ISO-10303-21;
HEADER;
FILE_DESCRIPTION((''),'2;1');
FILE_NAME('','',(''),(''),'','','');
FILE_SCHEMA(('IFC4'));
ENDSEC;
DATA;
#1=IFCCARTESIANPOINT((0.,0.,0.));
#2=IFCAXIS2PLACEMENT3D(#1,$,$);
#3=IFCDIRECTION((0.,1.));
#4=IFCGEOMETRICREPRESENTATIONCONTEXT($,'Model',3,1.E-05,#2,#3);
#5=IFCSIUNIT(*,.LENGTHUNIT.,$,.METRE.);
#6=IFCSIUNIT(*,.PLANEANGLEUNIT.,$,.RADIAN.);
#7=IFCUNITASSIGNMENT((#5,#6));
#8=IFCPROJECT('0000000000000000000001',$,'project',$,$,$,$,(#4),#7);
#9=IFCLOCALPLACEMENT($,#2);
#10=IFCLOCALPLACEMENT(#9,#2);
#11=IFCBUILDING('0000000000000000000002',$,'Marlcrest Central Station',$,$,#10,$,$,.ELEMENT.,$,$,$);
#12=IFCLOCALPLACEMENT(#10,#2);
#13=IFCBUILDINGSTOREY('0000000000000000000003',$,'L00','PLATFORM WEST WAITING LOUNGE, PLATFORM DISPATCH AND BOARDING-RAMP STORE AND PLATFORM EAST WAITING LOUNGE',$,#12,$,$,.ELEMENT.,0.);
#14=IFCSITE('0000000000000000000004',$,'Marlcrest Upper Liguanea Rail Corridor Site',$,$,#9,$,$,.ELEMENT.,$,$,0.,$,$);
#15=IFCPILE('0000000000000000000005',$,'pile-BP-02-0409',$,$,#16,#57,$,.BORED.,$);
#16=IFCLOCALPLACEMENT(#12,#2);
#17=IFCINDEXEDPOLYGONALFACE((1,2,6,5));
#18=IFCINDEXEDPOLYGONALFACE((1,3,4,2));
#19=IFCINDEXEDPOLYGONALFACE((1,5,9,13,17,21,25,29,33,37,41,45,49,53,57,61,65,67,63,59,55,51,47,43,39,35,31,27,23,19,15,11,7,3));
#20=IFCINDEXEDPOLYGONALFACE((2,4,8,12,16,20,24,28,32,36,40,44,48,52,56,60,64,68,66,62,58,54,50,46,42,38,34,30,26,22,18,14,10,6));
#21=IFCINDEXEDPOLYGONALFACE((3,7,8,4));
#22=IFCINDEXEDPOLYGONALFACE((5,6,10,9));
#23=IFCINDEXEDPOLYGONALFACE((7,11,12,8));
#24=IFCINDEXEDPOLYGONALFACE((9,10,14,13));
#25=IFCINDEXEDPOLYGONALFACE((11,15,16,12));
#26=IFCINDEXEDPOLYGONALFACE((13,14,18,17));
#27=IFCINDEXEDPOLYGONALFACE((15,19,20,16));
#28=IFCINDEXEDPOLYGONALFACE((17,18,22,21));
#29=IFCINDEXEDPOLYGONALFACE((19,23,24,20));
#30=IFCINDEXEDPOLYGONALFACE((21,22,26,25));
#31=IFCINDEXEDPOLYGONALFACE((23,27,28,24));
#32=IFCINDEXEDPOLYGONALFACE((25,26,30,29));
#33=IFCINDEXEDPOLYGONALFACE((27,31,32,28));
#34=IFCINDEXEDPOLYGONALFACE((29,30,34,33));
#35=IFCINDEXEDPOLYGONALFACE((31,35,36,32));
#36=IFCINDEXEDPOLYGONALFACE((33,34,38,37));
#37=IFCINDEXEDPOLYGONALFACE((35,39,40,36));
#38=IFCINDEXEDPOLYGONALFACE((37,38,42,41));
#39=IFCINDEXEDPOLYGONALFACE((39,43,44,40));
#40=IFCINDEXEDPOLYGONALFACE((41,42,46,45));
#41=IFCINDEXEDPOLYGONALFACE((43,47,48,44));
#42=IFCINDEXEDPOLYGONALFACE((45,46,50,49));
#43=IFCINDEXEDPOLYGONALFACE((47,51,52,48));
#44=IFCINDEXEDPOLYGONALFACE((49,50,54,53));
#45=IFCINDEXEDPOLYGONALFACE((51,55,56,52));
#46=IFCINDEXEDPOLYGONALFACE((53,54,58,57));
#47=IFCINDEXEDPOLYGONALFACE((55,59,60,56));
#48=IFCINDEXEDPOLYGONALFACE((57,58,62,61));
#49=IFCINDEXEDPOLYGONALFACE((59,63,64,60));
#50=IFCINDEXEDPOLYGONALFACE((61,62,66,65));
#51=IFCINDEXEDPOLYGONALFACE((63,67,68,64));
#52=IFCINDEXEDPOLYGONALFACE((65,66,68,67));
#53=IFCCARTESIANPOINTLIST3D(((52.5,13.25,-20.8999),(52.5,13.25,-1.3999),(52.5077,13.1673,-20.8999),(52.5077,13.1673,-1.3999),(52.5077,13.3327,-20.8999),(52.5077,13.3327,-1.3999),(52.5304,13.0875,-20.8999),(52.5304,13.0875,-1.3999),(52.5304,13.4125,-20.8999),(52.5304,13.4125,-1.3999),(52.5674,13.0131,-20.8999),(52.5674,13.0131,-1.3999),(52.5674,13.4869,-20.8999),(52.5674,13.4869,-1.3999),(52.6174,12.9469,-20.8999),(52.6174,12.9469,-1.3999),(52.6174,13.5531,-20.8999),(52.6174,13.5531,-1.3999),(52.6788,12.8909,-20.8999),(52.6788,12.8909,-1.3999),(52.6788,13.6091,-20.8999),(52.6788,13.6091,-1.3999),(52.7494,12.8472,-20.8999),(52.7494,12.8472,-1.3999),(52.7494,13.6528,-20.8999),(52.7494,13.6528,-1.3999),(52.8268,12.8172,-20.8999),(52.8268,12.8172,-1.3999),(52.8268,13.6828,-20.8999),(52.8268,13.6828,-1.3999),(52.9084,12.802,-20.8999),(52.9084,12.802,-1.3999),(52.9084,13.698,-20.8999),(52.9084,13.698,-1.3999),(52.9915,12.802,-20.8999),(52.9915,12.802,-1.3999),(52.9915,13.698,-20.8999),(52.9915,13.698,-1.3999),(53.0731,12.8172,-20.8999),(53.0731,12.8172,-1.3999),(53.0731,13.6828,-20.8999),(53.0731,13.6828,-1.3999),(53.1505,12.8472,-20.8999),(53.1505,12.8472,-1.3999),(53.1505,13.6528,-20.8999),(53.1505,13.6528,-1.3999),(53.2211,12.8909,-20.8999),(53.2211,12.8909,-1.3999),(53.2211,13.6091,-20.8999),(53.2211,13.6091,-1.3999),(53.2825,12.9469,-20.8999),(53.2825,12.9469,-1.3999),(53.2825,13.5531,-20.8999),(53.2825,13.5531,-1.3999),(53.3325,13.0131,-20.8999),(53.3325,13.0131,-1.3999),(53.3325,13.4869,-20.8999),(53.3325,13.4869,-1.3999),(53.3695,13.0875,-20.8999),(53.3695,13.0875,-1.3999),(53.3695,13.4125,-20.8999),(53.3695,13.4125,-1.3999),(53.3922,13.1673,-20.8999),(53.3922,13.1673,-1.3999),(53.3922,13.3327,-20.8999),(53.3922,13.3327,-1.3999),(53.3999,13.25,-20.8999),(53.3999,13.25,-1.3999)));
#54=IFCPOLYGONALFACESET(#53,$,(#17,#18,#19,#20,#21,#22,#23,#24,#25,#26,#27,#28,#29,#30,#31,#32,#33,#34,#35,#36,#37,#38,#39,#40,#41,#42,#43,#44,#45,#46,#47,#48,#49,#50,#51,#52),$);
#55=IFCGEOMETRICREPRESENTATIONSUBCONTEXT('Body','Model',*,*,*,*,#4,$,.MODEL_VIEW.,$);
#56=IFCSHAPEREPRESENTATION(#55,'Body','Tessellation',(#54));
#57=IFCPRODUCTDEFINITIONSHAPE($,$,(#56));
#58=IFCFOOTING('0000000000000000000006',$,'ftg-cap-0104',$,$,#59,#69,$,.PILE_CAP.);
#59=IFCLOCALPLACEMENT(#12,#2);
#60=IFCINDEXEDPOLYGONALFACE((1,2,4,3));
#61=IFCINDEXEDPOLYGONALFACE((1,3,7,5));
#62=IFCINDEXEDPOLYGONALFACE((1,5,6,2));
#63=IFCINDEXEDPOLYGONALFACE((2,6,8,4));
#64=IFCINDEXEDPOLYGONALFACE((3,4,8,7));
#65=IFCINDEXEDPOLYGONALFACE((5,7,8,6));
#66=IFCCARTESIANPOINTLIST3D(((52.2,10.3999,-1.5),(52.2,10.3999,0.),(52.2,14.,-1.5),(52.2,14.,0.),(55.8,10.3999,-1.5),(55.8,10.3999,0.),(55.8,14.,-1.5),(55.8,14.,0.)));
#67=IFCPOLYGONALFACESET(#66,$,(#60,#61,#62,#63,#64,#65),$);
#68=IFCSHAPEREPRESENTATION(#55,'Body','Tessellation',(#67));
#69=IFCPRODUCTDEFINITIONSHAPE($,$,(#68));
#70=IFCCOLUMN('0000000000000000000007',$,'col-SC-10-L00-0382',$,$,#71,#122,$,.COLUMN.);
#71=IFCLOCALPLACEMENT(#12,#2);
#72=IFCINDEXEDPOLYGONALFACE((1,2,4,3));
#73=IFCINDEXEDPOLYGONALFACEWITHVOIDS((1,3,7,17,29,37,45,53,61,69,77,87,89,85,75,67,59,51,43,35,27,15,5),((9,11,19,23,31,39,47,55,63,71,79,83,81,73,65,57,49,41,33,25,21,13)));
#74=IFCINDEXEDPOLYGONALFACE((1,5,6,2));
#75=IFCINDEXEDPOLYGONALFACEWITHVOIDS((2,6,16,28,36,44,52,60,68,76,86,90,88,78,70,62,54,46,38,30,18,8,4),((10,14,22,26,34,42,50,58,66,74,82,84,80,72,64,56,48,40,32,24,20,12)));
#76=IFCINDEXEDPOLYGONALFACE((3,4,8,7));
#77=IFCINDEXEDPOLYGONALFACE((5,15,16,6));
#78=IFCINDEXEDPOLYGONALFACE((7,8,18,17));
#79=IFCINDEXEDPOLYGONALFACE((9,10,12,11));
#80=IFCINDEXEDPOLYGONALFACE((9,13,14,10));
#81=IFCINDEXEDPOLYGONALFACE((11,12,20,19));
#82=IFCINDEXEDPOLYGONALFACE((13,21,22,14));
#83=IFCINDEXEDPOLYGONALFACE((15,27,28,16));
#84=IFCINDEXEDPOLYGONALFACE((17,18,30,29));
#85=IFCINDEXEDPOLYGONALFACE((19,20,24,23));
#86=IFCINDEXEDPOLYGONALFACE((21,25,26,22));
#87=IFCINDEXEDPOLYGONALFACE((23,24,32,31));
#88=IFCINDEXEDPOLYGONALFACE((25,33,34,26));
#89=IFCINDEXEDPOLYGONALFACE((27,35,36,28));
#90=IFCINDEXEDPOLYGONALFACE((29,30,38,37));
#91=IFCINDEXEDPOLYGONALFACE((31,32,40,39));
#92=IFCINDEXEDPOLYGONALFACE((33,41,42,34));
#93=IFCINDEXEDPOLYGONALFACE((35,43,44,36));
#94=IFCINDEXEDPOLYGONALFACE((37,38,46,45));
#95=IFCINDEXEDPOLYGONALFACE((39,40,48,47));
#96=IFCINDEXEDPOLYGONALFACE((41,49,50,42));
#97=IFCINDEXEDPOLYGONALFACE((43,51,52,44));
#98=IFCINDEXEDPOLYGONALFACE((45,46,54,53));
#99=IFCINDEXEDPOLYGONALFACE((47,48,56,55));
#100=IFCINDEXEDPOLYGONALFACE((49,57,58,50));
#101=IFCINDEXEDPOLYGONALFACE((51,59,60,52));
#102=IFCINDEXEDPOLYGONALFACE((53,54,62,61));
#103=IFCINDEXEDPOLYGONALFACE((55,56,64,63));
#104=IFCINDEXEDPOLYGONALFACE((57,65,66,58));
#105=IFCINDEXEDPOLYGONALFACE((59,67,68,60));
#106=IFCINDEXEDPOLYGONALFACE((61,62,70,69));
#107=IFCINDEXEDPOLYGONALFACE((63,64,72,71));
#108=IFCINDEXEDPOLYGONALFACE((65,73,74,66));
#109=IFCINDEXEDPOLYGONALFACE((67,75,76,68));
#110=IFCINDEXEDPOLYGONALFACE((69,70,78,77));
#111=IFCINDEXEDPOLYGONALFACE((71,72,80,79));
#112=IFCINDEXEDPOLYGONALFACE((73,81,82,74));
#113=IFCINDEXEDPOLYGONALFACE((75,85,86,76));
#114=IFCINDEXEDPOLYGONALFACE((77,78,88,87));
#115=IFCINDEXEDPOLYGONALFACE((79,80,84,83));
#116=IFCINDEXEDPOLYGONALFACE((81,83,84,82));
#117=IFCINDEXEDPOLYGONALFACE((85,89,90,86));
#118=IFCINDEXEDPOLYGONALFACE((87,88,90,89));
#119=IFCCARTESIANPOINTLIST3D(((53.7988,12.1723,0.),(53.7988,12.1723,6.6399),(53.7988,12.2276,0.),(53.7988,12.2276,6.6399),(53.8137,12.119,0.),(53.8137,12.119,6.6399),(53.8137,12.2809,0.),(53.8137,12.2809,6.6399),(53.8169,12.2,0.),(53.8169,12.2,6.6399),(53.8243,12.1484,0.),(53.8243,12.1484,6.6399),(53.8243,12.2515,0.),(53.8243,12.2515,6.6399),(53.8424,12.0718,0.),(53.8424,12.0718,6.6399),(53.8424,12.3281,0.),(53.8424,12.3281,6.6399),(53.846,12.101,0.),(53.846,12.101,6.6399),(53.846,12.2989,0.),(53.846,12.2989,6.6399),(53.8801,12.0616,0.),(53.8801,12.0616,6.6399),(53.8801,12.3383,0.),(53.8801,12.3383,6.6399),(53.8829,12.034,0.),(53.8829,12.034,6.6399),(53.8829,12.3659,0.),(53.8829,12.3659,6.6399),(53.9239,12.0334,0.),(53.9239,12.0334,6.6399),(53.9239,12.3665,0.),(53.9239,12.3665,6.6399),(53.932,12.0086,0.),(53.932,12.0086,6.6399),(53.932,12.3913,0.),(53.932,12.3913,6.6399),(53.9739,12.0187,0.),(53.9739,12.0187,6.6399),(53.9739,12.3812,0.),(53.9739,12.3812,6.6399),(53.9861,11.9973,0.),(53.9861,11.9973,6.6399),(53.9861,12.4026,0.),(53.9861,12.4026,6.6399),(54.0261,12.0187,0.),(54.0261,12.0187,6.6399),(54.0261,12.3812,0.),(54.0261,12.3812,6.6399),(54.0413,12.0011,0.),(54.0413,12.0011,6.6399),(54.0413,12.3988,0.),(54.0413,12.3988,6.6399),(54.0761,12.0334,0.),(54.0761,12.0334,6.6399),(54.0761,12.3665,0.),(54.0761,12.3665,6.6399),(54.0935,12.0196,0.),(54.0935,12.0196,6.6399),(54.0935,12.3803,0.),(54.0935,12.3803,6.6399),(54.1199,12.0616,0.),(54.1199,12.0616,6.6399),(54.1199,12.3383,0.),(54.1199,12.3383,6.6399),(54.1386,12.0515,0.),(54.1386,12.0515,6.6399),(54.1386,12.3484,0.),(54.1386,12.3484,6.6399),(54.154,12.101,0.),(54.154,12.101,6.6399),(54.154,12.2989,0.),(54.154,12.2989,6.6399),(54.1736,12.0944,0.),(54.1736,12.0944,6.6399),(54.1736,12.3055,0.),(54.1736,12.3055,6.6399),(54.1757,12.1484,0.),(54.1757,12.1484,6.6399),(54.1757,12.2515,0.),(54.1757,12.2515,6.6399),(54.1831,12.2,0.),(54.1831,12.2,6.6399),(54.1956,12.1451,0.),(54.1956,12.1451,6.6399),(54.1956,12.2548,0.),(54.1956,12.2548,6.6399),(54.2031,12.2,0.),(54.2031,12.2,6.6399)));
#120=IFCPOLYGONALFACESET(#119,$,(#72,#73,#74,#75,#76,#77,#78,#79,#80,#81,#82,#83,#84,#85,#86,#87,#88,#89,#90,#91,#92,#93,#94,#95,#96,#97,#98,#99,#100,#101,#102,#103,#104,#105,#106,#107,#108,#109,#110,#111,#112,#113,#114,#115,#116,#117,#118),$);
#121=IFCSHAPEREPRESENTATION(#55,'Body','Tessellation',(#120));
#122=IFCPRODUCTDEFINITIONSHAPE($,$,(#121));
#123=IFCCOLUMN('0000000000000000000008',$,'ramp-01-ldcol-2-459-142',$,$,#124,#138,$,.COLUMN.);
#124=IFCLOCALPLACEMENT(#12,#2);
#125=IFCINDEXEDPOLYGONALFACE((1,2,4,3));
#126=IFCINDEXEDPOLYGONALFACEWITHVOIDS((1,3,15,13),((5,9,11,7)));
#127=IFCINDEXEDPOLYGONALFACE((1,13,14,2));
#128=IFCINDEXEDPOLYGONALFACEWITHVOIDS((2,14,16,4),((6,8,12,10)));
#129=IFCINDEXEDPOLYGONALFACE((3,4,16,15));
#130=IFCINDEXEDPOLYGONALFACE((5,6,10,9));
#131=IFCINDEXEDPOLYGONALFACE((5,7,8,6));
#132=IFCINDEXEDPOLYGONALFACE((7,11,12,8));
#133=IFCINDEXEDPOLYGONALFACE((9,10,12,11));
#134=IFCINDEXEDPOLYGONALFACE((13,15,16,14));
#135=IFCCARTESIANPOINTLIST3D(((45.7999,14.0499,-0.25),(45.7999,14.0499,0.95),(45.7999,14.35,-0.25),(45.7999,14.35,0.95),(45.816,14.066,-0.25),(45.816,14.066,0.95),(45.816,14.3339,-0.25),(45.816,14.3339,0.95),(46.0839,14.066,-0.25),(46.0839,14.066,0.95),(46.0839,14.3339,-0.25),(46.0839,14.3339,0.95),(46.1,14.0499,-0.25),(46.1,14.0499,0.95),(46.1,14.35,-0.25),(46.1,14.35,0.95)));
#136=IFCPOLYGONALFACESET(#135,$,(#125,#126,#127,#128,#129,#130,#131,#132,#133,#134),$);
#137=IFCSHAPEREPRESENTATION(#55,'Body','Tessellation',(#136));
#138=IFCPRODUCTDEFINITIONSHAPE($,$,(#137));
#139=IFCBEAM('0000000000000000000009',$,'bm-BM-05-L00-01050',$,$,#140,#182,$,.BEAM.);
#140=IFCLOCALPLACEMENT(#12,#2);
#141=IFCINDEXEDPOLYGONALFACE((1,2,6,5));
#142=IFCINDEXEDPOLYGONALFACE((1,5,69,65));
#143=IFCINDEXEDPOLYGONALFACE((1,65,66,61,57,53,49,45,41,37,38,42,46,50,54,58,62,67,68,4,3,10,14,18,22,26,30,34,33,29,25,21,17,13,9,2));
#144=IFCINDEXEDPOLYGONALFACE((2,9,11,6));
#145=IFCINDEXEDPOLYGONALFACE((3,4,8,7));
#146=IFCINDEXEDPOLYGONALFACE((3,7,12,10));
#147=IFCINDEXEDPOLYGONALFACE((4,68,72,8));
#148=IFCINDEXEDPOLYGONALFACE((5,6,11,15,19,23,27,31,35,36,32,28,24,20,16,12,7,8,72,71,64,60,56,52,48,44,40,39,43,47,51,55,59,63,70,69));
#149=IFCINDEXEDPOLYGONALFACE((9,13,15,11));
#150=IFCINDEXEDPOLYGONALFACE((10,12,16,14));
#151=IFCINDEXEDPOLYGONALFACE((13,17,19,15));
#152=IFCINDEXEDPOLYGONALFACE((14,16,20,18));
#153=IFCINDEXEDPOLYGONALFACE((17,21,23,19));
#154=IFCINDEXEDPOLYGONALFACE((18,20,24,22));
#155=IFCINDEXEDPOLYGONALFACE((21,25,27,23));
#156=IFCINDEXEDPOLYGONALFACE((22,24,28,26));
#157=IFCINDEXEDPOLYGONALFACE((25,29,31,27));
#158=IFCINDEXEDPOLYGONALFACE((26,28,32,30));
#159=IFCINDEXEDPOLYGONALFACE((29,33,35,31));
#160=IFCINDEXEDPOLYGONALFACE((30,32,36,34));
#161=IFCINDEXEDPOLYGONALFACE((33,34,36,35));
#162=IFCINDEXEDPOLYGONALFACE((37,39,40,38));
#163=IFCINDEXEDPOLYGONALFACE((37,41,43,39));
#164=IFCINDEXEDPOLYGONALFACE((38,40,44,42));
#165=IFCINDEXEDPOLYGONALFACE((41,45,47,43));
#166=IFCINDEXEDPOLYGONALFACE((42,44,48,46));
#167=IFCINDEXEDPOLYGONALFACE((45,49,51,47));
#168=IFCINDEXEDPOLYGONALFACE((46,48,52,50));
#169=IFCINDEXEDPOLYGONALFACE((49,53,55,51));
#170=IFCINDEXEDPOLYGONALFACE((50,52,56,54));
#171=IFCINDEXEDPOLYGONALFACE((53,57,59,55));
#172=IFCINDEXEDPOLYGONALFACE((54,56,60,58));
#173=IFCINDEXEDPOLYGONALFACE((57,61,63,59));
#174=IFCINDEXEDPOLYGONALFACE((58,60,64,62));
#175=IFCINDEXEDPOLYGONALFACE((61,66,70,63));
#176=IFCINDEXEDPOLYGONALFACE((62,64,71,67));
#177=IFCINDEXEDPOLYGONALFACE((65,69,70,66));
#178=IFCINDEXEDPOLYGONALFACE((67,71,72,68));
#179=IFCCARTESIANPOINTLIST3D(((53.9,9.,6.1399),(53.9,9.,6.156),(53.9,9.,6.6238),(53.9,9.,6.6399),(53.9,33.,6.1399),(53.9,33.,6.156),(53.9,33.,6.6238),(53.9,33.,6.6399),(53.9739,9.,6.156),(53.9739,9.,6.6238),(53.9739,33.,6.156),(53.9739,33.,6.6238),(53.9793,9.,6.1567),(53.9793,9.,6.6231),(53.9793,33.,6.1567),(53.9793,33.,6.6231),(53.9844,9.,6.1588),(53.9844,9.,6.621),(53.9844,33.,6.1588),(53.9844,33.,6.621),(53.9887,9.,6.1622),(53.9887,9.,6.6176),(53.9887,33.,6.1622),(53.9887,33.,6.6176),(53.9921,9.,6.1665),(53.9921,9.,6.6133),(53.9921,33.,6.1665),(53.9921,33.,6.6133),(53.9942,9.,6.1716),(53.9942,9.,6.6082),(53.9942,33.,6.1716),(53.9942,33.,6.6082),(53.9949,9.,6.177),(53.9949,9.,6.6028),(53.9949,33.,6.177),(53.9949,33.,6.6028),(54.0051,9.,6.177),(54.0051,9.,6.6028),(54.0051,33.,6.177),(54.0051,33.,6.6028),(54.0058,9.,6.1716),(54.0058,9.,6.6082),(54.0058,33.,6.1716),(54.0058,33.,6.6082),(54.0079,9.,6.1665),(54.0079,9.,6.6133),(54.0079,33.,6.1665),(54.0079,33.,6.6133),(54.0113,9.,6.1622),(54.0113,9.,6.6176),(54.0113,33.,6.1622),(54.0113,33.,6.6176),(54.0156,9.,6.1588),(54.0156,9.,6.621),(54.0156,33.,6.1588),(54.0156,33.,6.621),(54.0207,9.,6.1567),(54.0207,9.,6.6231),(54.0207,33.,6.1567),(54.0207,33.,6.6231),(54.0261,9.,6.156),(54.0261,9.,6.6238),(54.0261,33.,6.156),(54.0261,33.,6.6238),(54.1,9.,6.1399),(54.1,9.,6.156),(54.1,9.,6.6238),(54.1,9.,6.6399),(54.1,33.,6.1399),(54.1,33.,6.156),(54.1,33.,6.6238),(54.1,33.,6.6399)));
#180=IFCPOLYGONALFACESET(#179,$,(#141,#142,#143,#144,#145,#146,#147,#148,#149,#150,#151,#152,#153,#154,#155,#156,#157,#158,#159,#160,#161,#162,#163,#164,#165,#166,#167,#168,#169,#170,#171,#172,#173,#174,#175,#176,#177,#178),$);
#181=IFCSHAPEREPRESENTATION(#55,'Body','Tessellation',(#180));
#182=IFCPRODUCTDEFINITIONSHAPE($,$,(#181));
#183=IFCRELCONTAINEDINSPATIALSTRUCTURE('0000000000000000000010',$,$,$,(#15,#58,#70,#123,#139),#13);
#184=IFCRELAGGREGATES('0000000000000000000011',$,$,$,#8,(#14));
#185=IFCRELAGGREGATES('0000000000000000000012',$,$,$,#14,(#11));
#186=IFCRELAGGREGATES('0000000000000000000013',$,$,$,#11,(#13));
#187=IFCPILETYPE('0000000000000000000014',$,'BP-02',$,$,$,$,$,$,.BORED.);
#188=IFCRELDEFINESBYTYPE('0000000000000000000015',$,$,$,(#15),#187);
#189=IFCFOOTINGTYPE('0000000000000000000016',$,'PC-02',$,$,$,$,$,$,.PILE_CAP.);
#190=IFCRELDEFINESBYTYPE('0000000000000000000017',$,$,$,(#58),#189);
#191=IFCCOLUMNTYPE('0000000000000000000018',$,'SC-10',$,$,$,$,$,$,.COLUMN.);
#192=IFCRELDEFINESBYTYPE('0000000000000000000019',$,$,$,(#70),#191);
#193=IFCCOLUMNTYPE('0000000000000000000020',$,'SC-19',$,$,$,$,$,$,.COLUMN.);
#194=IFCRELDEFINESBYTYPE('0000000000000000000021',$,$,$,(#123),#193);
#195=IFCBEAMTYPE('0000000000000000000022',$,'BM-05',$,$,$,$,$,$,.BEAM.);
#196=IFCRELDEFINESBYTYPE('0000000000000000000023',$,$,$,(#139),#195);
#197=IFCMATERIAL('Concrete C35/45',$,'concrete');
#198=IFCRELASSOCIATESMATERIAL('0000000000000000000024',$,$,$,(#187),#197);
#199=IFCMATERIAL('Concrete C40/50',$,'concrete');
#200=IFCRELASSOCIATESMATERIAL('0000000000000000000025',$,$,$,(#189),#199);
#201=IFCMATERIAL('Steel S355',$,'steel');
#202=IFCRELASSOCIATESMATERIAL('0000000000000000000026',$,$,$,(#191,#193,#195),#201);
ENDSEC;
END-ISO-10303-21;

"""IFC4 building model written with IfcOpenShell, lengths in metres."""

from ifc_helpers import new_model, si_unit, direction, frame, origin, origin_2d, place, context, subcontext, project, spatial, rectangle, hollow_rectangle, circle, hollow_circle, i_section, extrude, material, material_profile, profile_set, type_object, element, save


model = new_model("IFC4")

# Units and contexts
model_context = context("Model", 3, precision=1e-05, world=origin(), true_north=direction((0.0, 1.0)))
body_context = subcontext(model_context, "Body", "Model", "MODEL_VIEW")
ifc_project = project(units=[si_unit("LENGTHUNIT", "METRE"), si_unit("PLANEANGLEUNIT", "RADIAN")], contexts=[model_context])

# Site, building, storey
site_placement = place(None, origin())
site = spatial("IfcSite", under=ifc_project, at=site_placement, Name="Marlcrest Upper Liguanea Rail Corridor Site", CompositionType="ELEMENT", RefElevation=0.0)
building_placement = place(site_placement, origin())
building = spatial("IfcBuilding", under=site, at=building_placement, Name="Marlcrest Central Station", CompositionType="ELEMENT")
storey_placement = place(building_placement, origin())
storey = spatial("IfcBuildingStorey", under=building, at=storey_placement, Name="L00", Description="PLATFORM WEST WAITING LOUNGE, PLATFORM DISPATCH AND BOARDING-RAMP STORE AND PLATFORM EAST WAITING LOUNGE", CompositionType="ELEMENT", Elevation=0.0)

# Pile
ifc_material_1 = material(Name="Concrete C35/45", Category="concrete")
ifc_material_profile_1 = material_profile(ifc_material_1, circle(Radius=0.45, at=origin_2d()), Name="PILE D900")
ifc_profile_set_1 = profile_set([ifc_material_profile_1], Name="Concrete C35/45")
pile_type = type_object("IfcPileType", Name="BP-02", PredefinedType="BORED", material=ifc_profile_set_1)
for number, where, z_axis, x_axis, name in (
    (1, (52.95, 13.25, -1.3999), (0.0, 0.0, -1.0), (1.0, 0.0, 0.0), "pile-BP-02-0409"),
):
    element("IfcPile", number, at=place(storey_placement, frame(where, z_axis=z_axis, x_axis=x_axis)), inside=storey, type_object=pile_type, Name=name, PredefinedType="BORED", context=body_context, shape_type="SweptSolid", body=[
        extrude(circle(Radius=0.45, at=origin_2d()), origin(), (0.0, 0.0, 1.0), 19.5),
    ])

# Footing
ifc_material_2 = material(Name="Concrete C40/50", Category="concrete")
footing_type = type_object("IfcFootingType", Name="PC-02", PredefinedType="PILE_CAP", material=ifc_material_2)
footing_placement = place(storey_placement, frame((54.0, 12.2, -1.5), z_axis=(0.0, 0.0, 1.0), x_axis=(1.0, 0.0, 0.0)))
element("IfcFooting", 2, at=footing_placement, inside=storey, type_object=footing_type, Name="ftg-cap-0104", PredefinedType="PILE_CAP", context=body_context, shape_type="SweptSolid", body=[
    extrude(rectangle(XDim=3.6001, YDim=3.6001, at=origin_2d()), origin(), (0.0, 0.0, 1.0), 1.5),
])

# Columns
ifc_material_3 = material(Name="Steel S355", Category="steel")
ifc_material_profile_2 = material_profile(ifc_material_3, hollow_circle(Radius=0.2031, WallThickness=0.02, at=origin_2d()), Name="CHS 406.4x20")
ifc_profile_set_2 = profile_set([ifc_material_profile_2], Name="Steel S355")
column_type_1 = type_object("IfcColumnType", Name="SC-10", PredefinedType="COLUMN", material=ifc_profile_set_2)
column_1_placement = place(storey_placement, frame((54.0, 12.2, 0.0), z_axis=(0.0, 0.0, 1.0), x_axis=(1.0, 0.0, 0.0)))
element("IfcColumn", 3, at=column_1_placement, inside=storey, type_object=column_type_1, Name="col-SC-10-L00-0382", PredefinedType="COLUMN", context=body_context, shape_type="SweptSolid", body=[
    extrude(hollow_circle(Radius=0.2031, WallThickness=0.02, at=origin_2d()), origin(), (0.0, 0.0, 1.0), 6.6399),
])
ifc_material_profile_3 = material_profile(ifc_material_3, hollow_rectangle(XDim=0.3, YDim=0.3, WallThickness=0.0161, at=origin_2d()), Name="SHS 300x300x16")
ifc_profile_set_3 = profile_set([ifc_material_profile_3], Name="Steel S355")
column_type_2 = type_object("IfcColumnType", Name="SC-19", PredefinedType="COLUMN", material=ifc_profile_set_3)
column_2_placement = place(storey_placement, frame((45.95, 14.2, -0.25), z_axis=(0.0, 0.0, 1.0), x_axis=(1.0, 0.0, 0.0)))
element("IfcColumn", 4, at=column_2_placement, inside=storey, type_object=column_type_2, Name="ramp-01-ldcol-2-459-142", PredefinedType="COLUMN", context=body_context, shape_type="SweptSolid", body=[
    extrude(hollow_rectangle(XDim=0.3, YDim=0.3, WallThickness=0.0161, at=origin_2d()), origin(), (0.0, 0.0, 1.0), 1.2),
])

# Beam
ifc_material_profile_4 = material_profile(ifc_material_3, i_section(OverallWidth=0.2, OverallDepth=0.5, WebThickness=0.0103, FlangeThickness=0.0161, FilletRadius=0.021, at=origin_2d()), Name="IPE 500")
ifc_profile_set_4 = profile_set([ifc_material_profile_4], Name="Steel S355")
beam_type_1 = type_object("IfcBeamType", Name="BM-05", PredefinedType="BEAM", material=ifc_profile_set_4)
beam_1_placement = place(storey_placement, frame((54.0, 9.0, 6.3899), z_axis=(0.0, 1.0, 0.0), x_axis=(-1.0, 0.0, 0.0)))
element("IfcBeam", 5, at=beam_1_placement, inside=storey, type_object=beam_type_1, Name="bm-BM-05-L00-01050", PredefinedType="BEAM", context=body_context, shape_type="SweptSolid", body=[
    extrude(i_section(OverallWidth=0.2, OverallDepth=0.5, WebThickness=0.0103, FlangeThickness=0.0161, FilletRadius=0.021, at=origin_2d()), origin(), (0.0, 0.0, 1.0), 24.0),
])

save(model, "model.ifc")
